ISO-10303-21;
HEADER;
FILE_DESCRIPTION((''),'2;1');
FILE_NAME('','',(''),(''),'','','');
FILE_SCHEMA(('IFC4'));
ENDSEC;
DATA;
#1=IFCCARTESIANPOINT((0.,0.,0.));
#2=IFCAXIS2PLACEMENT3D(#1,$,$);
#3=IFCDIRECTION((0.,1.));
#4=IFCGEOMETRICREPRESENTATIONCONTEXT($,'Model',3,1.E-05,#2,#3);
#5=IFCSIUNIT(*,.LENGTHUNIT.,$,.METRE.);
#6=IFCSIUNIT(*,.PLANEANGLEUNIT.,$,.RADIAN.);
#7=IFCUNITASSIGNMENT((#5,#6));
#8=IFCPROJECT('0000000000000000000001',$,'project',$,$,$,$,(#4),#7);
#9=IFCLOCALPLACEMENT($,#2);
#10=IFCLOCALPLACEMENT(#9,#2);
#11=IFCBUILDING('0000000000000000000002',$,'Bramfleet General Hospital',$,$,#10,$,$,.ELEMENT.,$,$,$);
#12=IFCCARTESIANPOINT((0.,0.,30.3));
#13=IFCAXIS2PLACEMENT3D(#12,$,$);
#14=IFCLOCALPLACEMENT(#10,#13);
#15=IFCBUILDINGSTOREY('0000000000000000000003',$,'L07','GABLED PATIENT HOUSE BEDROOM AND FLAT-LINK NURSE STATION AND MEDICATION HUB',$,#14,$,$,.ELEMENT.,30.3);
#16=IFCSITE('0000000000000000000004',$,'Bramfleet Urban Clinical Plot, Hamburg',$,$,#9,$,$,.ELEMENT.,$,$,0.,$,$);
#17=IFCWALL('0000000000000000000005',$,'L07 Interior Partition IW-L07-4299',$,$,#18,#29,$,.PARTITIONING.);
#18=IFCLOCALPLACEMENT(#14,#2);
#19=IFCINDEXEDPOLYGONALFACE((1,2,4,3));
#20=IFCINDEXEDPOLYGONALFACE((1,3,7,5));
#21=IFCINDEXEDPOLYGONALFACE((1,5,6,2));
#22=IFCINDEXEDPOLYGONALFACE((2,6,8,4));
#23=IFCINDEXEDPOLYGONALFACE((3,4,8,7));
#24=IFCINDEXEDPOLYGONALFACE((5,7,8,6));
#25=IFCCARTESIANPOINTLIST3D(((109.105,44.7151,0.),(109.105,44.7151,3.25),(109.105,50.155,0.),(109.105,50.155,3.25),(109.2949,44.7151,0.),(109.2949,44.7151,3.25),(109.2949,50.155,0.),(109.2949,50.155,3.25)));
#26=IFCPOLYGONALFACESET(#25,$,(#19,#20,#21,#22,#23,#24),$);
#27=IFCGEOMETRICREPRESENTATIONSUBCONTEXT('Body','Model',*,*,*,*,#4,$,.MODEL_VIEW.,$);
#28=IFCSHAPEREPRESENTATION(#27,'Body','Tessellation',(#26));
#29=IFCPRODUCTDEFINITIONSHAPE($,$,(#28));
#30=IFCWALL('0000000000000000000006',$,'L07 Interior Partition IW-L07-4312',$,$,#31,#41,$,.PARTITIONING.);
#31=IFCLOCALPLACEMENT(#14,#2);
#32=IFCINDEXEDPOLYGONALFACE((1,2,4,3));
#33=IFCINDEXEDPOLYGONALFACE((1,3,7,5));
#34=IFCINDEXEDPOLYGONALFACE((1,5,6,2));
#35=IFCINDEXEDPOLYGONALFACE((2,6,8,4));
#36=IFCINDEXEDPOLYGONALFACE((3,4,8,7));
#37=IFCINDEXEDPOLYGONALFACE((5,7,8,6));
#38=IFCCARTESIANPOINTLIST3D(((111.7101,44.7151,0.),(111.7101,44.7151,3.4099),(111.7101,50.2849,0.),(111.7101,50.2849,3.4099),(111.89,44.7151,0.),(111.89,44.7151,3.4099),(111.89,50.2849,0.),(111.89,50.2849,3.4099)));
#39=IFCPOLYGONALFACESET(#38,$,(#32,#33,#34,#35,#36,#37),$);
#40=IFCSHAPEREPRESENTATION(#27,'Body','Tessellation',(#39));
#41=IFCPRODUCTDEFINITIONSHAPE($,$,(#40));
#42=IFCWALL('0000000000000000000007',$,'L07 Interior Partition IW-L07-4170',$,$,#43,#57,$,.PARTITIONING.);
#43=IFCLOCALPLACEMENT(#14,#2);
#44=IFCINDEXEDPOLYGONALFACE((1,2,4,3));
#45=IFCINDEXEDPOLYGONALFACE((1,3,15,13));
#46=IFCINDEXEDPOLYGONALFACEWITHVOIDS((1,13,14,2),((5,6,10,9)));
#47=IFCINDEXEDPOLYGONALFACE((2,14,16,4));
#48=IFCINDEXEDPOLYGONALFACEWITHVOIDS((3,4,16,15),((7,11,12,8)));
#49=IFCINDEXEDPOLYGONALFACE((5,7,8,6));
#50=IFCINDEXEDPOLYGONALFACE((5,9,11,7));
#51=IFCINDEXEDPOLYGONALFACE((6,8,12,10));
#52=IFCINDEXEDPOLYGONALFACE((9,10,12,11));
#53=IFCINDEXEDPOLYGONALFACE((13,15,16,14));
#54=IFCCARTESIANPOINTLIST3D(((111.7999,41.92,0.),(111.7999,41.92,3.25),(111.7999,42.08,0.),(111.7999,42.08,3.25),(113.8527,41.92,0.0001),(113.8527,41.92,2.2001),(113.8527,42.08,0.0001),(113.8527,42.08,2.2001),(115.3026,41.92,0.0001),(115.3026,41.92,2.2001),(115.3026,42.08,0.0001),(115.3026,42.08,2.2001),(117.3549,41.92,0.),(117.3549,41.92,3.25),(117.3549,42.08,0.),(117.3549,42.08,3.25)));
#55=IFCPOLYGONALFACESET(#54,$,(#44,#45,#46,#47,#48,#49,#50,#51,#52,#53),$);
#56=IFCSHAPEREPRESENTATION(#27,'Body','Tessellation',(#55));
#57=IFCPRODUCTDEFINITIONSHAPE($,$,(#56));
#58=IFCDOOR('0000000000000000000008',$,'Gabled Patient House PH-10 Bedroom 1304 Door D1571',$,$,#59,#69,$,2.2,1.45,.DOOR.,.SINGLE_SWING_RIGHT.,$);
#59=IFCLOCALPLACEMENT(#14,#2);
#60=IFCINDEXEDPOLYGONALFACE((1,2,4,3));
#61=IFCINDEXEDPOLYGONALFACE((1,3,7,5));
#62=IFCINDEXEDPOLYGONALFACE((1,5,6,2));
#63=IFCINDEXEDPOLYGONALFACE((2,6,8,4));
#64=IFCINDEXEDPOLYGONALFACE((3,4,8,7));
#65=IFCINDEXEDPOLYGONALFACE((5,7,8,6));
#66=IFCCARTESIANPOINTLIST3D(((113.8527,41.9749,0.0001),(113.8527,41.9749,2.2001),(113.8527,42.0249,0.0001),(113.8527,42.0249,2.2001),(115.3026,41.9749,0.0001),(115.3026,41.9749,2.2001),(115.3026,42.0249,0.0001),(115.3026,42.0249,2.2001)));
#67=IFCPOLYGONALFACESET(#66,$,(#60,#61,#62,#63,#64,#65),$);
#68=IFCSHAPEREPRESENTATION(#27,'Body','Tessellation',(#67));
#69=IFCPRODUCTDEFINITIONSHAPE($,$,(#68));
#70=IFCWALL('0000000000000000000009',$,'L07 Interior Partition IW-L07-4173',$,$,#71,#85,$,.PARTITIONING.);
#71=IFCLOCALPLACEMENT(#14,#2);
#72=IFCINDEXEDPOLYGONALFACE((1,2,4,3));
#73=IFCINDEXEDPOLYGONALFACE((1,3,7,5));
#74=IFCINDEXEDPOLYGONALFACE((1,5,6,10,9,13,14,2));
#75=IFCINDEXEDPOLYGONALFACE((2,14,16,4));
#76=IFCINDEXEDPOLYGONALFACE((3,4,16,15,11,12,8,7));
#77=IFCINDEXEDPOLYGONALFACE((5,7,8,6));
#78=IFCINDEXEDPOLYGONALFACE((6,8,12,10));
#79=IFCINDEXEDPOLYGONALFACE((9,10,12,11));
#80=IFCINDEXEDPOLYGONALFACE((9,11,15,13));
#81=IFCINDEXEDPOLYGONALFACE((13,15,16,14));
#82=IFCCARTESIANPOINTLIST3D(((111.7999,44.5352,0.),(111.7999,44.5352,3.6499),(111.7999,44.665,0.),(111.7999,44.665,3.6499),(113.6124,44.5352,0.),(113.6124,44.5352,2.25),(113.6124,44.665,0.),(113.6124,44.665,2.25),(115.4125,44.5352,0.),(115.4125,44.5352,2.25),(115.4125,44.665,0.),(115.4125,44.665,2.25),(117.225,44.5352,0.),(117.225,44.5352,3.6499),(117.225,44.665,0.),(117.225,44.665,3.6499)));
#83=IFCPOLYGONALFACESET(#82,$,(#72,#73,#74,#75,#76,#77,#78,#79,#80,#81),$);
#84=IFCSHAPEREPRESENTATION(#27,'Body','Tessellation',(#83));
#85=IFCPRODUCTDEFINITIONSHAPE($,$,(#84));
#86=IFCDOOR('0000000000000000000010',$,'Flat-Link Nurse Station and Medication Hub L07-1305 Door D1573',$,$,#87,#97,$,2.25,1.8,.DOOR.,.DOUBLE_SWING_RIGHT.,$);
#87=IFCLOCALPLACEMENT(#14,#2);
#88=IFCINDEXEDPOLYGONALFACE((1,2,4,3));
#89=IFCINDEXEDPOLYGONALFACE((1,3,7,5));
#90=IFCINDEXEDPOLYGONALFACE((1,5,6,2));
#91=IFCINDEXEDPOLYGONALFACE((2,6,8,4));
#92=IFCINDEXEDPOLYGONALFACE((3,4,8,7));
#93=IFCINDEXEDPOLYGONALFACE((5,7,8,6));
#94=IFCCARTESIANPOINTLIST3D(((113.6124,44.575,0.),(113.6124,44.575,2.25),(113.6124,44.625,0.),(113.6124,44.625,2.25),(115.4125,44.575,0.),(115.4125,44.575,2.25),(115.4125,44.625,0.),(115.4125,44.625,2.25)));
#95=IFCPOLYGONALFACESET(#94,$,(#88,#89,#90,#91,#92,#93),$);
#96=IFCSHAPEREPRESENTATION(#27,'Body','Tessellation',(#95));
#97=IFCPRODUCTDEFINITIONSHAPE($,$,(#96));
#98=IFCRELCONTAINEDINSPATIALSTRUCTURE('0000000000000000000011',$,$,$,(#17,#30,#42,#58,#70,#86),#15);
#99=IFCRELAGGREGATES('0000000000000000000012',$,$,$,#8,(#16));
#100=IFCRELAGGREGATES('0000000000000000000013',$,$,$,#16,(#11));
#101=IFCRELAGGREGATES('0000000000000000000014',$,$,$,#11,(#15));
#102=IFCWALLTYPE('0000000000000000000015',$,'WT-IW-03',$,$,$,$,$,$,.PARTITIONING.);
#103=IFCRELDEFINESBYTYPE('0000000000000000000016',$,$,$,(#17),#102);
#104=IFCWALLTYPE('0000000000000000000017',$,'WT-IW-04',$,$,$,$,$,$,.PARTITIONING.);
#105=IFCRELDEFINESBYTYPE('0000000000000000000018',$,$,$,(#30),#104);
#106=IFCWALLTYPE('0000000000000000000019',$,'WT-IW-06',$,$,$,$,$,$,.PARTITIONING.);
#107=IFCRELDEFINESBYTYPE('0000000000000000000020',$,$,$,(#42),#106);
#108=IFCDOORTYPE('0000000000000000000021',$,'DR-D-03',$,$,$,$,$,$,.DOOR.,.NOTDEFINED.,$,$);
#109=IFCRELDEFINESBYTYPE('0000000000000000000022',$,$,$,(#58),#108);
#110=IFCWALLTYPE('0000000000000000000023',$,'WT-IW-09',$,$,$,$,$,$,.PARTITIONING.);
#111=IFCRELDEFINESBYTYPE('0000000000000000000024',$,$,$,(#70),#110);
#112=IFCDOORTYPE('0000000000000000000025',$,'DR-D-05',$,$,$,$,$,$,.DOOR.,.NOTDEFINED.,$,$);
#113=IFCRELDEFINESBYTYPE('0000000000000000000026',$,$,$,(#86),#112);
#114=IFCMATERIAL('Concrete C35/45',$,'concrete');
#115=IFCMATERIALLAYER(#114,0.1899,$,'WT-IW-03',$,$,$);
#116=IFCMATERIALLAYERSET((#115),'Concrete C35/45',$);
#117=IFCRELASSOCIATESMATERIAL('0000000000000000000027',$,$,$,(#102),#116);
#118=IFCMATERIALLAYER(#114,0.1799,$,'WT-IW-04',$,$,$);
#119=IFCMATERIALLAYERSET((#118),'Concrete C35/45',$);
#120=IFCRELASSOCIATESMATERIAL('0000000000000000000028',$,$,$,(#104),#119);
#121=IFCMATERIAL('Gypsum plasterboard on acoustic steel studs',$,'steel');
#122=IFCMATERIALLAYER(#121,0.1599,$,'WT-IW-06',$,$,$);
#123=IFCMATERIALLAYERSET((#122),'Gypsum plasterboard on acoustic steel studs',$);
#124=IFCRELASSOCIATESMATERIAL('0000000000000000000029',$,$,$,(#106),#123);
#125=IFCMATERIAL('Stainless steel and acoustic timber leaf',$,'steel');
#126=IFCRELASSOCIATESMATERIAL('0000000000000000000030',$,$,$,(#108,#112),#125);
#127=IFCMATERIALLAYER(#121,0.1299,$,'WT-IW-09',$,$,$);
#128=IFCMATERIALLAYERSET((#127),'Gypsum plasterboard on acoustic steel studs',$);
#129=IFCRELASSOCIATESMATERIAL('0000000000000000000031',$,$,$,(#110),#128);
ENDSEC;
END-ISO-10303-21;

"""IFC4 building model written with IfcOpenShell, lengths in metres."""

from ifc_helpers import new_model, si_unit, direction, frame, frame_2d, origin, place, context, subcontext, project, spatial, rectangle, extrude, material, layer, layer_set, type_object, element, fill, save


model = new_model("IFC4")

# Units and contexts
model_context = context("Model", 3, precision=1e-05, world=origin(), true_north=direction((0.0, 1.0)))
body_context = subcontext(model_context, "Body", "Model", "MODEL_VIEW")
ifc_project = project(units=[si_unit("LENGTHUNIT", "METRE"), si_unit("PLANEANGLEUNIT", "RADIAN")], contexts=[model_context])

# Site, building, storey
site_placement = place(None, origin())
site = spatial("IfcSite", under=ifc_project, at=site_placement, Name="Bramfleet Urban Clinical Plot, Hamburg", CompositionType="ELEMENT", RefElevation=0.0)
building_placement = place(site_placement, origin())
building = spatial("IfcBuilding", under=site, at=building_placement, Name="Bramfleet General Hospital", CompositionType="ELEMENT")
storey_placement = place(building_placement, frame((0.0, 0.0, 30.3)))
storey = spatial("IfcBuildingStorey", under=building, at=storey_placement, Name="L07", Description="GABLED PATIENT HOUSE BEDROOM AND FLAT-LINK NURSE STATION AND MEDICATION HUB", CompositionType="ELEMENT", Elevation=30.3)

# Walls
ifc_material_1 = material(Name="Concrete C35/45", Category="concrete")
ifc_layer_1 = layer(ifc_material_1, 0.1899, Name="WT-IW-03")
ifc_layer_set_1 = layer_set([ifc_layer_1], Name="Concrete C35/45")
wall_type_1 = type_object("IfcWallType", Name="WT-IW-03", PredefinedType="PARTITIONING", material=ifc_layer_set_1)
wall_1_placement = place(storey_placement, frame((109.2, 44.7151, 0.0), z_axis=(0.0, 0.0, 1.0), x_axis=(0.0, 1.0, 0.0)))
element("IfcWall", 1, at=wall_1_placement, inside=storey, type_object=wall_type_1, Name="L07 Interior Partition IW-L07-4299", PredefinedType="PARTITIONING", context=body_context, shape_type="SweptSolid", body=[
    extrude(rectangle(XDim=5.4399, YDim=0.1899, at=frame_2d((2.72, 0.0))), origin(), (0.0, 0.0, 1.0), 3.25),
])
ifc_layer_2 = layer(ifc_material_1, 0.1799, Name="WT-IW-04")
ifc_layer_set_2 = layer_set([ifc_layer_2], Name="Concrete C35/45")
wall_type_2 = type_object("IfcWallType", Name="WT-IW-04", PredefinedType="PARTITIONING", material=ifc_layer_set_2)
wall_2_placement = place(storey_placement, frame((111.8, 44.7151, 0.0), z_axis=(0.0, 0.0, 1.0), x_axis=(0.0, 1.0, 0.0)))
element("IfcWall", 2, at=wall_2_placement, inside=storey, type_object=wall_type_2, Name="L07 Interior Partition IW-L07-4312", PredefinedType="PARTITIONING", context=body_context, shape_type="SweptSolid", body=[
    extrude(rectangle(XDim=5.5698, YDim=0.1799, at=frame_2d((2.7849, 0.0))), origin(), (0.0, 0.0, 1.0), 3.4099),
])

# Walls, openings, doors
ifc_material_2 = material(Name="Gypsum plasterboard on acoustic steel studs", Category="steel")
ifc_layer_3 = layer(ifc_material_2, 0.1599, Name="WT-IW-06")
ifc_layer_set_3 = layer_set([ifc_layer_3], Name="Gypsum plasterboard on acoustic steel studs")
wall_type_3 = type_object("IfcWallType", Name="WT-IW-06", PredefinedType="PARTITIONING", material=ifc_layer_set_3)
wall_3_placement = place(storey_placement, frame((111.8, 42.0, 0.0), z_axis=(0.0, 0.0, 1.0), x_axis=(1.0, 0.0, 0.0)))
wall_3 = element("IfcWall", 3, at=wall_3_placement, inside=storey, type_object=wall_type_3, Name="L07 Interior Partition IW-L07-4170", PredefinedType="PARTITIONING", context=body_context, shape_type="SweptSolid", body=[
    extrude(rectangle(XDim=5.5549, YDim=0.1599, at=frame_2d((2.7773, 0.0))), origin(), (0.0, 0.0, 1.0), 3.25),
])
opening_1_placement = place(wall_3_placement, frame((2.0525, 0.0, 0.0)))
opening_1 = element("IfcOpeningElement", 4, at=opening_1_placement, cuts=wall_3, PredefinedType="OPENING", context=body_context, shape_type="SweptSolid", body=[
    extrude(rectangle(XDim=1.45, YDim=2.2, at=frame_2d((0.7251, 1.1001))), frame((0.0, 0.0898, 0.0), z_axis=(0.0, -1.0, 0.0), x_axis=(1.0, 0.0, 0.0)), (0.0, 0.0, 1.0), 0.1799),
])
ifc_material_3 = material(Name="Stainless steel and acoustic timber leaf", Category="steel")
door_type_1 = type_object("IfcDoorType", Name="DR-D-03", OperationType="NOTDEFINED", PredefinedType="DOOR", material=ifc_material_3)
door_1_placement = place(opening_1_placement, origin())
door_1 = element("IfcDoor", 5, at=door_1_placement, inside=storey, type_object=door_type_1, Name="Gabled Patient House PH-10 Bedroom 1304 Door D1571", OperationType="SINGLE_SWING_RIGHT", OverallHeight=2.2, OverallWidth=1.45, PredefinedType="DOOR", context=body_context, shape_type="SweptSolid", body=[
    extrude(rectangle(XDim=1.45, YDim=2.2, at=frame_2d((0.7251, 1.1001))), frame((0.0, 0.0249, 0.0), z_axis=(0.0, -1.0, 0.0), x_axis=(1.0, 0.0, 0.0)), (0.0, 0.0, 1.0), 0.05),
])
fill(opening_1, door_1)
ifc_layer_4 = layer(ifc_material_2, 0.1299, Name="WT-IW-09")
ifc_layer_set_4 = layer_set([ifc_layer_4], Name="Gypsum plasterboard on acoustic steel studs")
wall_type_4 = type_object("IfcWallType", Name="WT-IW-09", PredefinedType="PARTITIONING", material=ifc_layer_set_4)
wall_4_placement = place(storey_placement, frame((111.8, 44.6001, 0.0), z_axis=(0.0, 0.0, 1.0), x_axis=(1.0, 0.0, 0.0)))
wall_4 = element("IfcWall", 6, at=wall_4_placement, inside=storey, type_object=wall_type_4, Name="L07 Interior Partition IW-L07-4173", PredefinedType="PARTITIONING", context=body_context, shape_type="SweptSolid", body=[
    extrude(rectangle(XDim=5.425, YDim=0.1299, at=frame_2d((2.7124, 0.0))), origin(), (0.0, 0.0, 1.0), 3.6499),
])
opening_2_placement = place(wall_4_placement, frame((1.8125, 0.0, 0.0)))
opening_2 = element("IfcOpeningElement", 7, at=opening_2_placement, cuts=wall_4, PredefinedType="OPENING", context=body_context, shape_type="SweptSolid", body=[
    extrude(rectangle(XDim=1.8, YDim=2.25, at=frame_2d((0.8999, 1.125))), frame((0.0, 0.075, 0.0), z_axis=(0.0, -1.0, 0.0), x_axis=(1.0, 0.0, 0.0)), (0.0, 0.0, 1.0), 0.1499),
])
door_type_2 = type_object("IfcDoorType", Name="DR-D-05", OperationType="NOTDEFINED", PredefinedType="DOOR", material=ifc_material_3)
door_2_placement = place(opening_2_placement, origin())
door_2 = element("IfcDoor", 8, at=door_2_placement, inside=storey, type_object=door_type_2, Name="Flat-Link Nurse Station and Medication Hub L07-1305 Door D1573", OperationType="DOUBLE_SWING_RIGHT", OverallHeight=2.25, OverallWidth=1.8, PredefinedType="DOOR", context=body_context, shape_type="SweptSolid", body=[
    extrude(rectangle(XDim=1.8, YDim=2.25, at=frame_2d((0.8999, 1.125))), frame((0.0, 0.0249, 0.0), z_axis=(0.0, -1.0, 0.0), x_axis=(1.0, 0.0, 0.0)), (0.0, 0.0, 1.0), 0.05),
])
fill(opening_2, door_2)

save(model, "model.ifc")
